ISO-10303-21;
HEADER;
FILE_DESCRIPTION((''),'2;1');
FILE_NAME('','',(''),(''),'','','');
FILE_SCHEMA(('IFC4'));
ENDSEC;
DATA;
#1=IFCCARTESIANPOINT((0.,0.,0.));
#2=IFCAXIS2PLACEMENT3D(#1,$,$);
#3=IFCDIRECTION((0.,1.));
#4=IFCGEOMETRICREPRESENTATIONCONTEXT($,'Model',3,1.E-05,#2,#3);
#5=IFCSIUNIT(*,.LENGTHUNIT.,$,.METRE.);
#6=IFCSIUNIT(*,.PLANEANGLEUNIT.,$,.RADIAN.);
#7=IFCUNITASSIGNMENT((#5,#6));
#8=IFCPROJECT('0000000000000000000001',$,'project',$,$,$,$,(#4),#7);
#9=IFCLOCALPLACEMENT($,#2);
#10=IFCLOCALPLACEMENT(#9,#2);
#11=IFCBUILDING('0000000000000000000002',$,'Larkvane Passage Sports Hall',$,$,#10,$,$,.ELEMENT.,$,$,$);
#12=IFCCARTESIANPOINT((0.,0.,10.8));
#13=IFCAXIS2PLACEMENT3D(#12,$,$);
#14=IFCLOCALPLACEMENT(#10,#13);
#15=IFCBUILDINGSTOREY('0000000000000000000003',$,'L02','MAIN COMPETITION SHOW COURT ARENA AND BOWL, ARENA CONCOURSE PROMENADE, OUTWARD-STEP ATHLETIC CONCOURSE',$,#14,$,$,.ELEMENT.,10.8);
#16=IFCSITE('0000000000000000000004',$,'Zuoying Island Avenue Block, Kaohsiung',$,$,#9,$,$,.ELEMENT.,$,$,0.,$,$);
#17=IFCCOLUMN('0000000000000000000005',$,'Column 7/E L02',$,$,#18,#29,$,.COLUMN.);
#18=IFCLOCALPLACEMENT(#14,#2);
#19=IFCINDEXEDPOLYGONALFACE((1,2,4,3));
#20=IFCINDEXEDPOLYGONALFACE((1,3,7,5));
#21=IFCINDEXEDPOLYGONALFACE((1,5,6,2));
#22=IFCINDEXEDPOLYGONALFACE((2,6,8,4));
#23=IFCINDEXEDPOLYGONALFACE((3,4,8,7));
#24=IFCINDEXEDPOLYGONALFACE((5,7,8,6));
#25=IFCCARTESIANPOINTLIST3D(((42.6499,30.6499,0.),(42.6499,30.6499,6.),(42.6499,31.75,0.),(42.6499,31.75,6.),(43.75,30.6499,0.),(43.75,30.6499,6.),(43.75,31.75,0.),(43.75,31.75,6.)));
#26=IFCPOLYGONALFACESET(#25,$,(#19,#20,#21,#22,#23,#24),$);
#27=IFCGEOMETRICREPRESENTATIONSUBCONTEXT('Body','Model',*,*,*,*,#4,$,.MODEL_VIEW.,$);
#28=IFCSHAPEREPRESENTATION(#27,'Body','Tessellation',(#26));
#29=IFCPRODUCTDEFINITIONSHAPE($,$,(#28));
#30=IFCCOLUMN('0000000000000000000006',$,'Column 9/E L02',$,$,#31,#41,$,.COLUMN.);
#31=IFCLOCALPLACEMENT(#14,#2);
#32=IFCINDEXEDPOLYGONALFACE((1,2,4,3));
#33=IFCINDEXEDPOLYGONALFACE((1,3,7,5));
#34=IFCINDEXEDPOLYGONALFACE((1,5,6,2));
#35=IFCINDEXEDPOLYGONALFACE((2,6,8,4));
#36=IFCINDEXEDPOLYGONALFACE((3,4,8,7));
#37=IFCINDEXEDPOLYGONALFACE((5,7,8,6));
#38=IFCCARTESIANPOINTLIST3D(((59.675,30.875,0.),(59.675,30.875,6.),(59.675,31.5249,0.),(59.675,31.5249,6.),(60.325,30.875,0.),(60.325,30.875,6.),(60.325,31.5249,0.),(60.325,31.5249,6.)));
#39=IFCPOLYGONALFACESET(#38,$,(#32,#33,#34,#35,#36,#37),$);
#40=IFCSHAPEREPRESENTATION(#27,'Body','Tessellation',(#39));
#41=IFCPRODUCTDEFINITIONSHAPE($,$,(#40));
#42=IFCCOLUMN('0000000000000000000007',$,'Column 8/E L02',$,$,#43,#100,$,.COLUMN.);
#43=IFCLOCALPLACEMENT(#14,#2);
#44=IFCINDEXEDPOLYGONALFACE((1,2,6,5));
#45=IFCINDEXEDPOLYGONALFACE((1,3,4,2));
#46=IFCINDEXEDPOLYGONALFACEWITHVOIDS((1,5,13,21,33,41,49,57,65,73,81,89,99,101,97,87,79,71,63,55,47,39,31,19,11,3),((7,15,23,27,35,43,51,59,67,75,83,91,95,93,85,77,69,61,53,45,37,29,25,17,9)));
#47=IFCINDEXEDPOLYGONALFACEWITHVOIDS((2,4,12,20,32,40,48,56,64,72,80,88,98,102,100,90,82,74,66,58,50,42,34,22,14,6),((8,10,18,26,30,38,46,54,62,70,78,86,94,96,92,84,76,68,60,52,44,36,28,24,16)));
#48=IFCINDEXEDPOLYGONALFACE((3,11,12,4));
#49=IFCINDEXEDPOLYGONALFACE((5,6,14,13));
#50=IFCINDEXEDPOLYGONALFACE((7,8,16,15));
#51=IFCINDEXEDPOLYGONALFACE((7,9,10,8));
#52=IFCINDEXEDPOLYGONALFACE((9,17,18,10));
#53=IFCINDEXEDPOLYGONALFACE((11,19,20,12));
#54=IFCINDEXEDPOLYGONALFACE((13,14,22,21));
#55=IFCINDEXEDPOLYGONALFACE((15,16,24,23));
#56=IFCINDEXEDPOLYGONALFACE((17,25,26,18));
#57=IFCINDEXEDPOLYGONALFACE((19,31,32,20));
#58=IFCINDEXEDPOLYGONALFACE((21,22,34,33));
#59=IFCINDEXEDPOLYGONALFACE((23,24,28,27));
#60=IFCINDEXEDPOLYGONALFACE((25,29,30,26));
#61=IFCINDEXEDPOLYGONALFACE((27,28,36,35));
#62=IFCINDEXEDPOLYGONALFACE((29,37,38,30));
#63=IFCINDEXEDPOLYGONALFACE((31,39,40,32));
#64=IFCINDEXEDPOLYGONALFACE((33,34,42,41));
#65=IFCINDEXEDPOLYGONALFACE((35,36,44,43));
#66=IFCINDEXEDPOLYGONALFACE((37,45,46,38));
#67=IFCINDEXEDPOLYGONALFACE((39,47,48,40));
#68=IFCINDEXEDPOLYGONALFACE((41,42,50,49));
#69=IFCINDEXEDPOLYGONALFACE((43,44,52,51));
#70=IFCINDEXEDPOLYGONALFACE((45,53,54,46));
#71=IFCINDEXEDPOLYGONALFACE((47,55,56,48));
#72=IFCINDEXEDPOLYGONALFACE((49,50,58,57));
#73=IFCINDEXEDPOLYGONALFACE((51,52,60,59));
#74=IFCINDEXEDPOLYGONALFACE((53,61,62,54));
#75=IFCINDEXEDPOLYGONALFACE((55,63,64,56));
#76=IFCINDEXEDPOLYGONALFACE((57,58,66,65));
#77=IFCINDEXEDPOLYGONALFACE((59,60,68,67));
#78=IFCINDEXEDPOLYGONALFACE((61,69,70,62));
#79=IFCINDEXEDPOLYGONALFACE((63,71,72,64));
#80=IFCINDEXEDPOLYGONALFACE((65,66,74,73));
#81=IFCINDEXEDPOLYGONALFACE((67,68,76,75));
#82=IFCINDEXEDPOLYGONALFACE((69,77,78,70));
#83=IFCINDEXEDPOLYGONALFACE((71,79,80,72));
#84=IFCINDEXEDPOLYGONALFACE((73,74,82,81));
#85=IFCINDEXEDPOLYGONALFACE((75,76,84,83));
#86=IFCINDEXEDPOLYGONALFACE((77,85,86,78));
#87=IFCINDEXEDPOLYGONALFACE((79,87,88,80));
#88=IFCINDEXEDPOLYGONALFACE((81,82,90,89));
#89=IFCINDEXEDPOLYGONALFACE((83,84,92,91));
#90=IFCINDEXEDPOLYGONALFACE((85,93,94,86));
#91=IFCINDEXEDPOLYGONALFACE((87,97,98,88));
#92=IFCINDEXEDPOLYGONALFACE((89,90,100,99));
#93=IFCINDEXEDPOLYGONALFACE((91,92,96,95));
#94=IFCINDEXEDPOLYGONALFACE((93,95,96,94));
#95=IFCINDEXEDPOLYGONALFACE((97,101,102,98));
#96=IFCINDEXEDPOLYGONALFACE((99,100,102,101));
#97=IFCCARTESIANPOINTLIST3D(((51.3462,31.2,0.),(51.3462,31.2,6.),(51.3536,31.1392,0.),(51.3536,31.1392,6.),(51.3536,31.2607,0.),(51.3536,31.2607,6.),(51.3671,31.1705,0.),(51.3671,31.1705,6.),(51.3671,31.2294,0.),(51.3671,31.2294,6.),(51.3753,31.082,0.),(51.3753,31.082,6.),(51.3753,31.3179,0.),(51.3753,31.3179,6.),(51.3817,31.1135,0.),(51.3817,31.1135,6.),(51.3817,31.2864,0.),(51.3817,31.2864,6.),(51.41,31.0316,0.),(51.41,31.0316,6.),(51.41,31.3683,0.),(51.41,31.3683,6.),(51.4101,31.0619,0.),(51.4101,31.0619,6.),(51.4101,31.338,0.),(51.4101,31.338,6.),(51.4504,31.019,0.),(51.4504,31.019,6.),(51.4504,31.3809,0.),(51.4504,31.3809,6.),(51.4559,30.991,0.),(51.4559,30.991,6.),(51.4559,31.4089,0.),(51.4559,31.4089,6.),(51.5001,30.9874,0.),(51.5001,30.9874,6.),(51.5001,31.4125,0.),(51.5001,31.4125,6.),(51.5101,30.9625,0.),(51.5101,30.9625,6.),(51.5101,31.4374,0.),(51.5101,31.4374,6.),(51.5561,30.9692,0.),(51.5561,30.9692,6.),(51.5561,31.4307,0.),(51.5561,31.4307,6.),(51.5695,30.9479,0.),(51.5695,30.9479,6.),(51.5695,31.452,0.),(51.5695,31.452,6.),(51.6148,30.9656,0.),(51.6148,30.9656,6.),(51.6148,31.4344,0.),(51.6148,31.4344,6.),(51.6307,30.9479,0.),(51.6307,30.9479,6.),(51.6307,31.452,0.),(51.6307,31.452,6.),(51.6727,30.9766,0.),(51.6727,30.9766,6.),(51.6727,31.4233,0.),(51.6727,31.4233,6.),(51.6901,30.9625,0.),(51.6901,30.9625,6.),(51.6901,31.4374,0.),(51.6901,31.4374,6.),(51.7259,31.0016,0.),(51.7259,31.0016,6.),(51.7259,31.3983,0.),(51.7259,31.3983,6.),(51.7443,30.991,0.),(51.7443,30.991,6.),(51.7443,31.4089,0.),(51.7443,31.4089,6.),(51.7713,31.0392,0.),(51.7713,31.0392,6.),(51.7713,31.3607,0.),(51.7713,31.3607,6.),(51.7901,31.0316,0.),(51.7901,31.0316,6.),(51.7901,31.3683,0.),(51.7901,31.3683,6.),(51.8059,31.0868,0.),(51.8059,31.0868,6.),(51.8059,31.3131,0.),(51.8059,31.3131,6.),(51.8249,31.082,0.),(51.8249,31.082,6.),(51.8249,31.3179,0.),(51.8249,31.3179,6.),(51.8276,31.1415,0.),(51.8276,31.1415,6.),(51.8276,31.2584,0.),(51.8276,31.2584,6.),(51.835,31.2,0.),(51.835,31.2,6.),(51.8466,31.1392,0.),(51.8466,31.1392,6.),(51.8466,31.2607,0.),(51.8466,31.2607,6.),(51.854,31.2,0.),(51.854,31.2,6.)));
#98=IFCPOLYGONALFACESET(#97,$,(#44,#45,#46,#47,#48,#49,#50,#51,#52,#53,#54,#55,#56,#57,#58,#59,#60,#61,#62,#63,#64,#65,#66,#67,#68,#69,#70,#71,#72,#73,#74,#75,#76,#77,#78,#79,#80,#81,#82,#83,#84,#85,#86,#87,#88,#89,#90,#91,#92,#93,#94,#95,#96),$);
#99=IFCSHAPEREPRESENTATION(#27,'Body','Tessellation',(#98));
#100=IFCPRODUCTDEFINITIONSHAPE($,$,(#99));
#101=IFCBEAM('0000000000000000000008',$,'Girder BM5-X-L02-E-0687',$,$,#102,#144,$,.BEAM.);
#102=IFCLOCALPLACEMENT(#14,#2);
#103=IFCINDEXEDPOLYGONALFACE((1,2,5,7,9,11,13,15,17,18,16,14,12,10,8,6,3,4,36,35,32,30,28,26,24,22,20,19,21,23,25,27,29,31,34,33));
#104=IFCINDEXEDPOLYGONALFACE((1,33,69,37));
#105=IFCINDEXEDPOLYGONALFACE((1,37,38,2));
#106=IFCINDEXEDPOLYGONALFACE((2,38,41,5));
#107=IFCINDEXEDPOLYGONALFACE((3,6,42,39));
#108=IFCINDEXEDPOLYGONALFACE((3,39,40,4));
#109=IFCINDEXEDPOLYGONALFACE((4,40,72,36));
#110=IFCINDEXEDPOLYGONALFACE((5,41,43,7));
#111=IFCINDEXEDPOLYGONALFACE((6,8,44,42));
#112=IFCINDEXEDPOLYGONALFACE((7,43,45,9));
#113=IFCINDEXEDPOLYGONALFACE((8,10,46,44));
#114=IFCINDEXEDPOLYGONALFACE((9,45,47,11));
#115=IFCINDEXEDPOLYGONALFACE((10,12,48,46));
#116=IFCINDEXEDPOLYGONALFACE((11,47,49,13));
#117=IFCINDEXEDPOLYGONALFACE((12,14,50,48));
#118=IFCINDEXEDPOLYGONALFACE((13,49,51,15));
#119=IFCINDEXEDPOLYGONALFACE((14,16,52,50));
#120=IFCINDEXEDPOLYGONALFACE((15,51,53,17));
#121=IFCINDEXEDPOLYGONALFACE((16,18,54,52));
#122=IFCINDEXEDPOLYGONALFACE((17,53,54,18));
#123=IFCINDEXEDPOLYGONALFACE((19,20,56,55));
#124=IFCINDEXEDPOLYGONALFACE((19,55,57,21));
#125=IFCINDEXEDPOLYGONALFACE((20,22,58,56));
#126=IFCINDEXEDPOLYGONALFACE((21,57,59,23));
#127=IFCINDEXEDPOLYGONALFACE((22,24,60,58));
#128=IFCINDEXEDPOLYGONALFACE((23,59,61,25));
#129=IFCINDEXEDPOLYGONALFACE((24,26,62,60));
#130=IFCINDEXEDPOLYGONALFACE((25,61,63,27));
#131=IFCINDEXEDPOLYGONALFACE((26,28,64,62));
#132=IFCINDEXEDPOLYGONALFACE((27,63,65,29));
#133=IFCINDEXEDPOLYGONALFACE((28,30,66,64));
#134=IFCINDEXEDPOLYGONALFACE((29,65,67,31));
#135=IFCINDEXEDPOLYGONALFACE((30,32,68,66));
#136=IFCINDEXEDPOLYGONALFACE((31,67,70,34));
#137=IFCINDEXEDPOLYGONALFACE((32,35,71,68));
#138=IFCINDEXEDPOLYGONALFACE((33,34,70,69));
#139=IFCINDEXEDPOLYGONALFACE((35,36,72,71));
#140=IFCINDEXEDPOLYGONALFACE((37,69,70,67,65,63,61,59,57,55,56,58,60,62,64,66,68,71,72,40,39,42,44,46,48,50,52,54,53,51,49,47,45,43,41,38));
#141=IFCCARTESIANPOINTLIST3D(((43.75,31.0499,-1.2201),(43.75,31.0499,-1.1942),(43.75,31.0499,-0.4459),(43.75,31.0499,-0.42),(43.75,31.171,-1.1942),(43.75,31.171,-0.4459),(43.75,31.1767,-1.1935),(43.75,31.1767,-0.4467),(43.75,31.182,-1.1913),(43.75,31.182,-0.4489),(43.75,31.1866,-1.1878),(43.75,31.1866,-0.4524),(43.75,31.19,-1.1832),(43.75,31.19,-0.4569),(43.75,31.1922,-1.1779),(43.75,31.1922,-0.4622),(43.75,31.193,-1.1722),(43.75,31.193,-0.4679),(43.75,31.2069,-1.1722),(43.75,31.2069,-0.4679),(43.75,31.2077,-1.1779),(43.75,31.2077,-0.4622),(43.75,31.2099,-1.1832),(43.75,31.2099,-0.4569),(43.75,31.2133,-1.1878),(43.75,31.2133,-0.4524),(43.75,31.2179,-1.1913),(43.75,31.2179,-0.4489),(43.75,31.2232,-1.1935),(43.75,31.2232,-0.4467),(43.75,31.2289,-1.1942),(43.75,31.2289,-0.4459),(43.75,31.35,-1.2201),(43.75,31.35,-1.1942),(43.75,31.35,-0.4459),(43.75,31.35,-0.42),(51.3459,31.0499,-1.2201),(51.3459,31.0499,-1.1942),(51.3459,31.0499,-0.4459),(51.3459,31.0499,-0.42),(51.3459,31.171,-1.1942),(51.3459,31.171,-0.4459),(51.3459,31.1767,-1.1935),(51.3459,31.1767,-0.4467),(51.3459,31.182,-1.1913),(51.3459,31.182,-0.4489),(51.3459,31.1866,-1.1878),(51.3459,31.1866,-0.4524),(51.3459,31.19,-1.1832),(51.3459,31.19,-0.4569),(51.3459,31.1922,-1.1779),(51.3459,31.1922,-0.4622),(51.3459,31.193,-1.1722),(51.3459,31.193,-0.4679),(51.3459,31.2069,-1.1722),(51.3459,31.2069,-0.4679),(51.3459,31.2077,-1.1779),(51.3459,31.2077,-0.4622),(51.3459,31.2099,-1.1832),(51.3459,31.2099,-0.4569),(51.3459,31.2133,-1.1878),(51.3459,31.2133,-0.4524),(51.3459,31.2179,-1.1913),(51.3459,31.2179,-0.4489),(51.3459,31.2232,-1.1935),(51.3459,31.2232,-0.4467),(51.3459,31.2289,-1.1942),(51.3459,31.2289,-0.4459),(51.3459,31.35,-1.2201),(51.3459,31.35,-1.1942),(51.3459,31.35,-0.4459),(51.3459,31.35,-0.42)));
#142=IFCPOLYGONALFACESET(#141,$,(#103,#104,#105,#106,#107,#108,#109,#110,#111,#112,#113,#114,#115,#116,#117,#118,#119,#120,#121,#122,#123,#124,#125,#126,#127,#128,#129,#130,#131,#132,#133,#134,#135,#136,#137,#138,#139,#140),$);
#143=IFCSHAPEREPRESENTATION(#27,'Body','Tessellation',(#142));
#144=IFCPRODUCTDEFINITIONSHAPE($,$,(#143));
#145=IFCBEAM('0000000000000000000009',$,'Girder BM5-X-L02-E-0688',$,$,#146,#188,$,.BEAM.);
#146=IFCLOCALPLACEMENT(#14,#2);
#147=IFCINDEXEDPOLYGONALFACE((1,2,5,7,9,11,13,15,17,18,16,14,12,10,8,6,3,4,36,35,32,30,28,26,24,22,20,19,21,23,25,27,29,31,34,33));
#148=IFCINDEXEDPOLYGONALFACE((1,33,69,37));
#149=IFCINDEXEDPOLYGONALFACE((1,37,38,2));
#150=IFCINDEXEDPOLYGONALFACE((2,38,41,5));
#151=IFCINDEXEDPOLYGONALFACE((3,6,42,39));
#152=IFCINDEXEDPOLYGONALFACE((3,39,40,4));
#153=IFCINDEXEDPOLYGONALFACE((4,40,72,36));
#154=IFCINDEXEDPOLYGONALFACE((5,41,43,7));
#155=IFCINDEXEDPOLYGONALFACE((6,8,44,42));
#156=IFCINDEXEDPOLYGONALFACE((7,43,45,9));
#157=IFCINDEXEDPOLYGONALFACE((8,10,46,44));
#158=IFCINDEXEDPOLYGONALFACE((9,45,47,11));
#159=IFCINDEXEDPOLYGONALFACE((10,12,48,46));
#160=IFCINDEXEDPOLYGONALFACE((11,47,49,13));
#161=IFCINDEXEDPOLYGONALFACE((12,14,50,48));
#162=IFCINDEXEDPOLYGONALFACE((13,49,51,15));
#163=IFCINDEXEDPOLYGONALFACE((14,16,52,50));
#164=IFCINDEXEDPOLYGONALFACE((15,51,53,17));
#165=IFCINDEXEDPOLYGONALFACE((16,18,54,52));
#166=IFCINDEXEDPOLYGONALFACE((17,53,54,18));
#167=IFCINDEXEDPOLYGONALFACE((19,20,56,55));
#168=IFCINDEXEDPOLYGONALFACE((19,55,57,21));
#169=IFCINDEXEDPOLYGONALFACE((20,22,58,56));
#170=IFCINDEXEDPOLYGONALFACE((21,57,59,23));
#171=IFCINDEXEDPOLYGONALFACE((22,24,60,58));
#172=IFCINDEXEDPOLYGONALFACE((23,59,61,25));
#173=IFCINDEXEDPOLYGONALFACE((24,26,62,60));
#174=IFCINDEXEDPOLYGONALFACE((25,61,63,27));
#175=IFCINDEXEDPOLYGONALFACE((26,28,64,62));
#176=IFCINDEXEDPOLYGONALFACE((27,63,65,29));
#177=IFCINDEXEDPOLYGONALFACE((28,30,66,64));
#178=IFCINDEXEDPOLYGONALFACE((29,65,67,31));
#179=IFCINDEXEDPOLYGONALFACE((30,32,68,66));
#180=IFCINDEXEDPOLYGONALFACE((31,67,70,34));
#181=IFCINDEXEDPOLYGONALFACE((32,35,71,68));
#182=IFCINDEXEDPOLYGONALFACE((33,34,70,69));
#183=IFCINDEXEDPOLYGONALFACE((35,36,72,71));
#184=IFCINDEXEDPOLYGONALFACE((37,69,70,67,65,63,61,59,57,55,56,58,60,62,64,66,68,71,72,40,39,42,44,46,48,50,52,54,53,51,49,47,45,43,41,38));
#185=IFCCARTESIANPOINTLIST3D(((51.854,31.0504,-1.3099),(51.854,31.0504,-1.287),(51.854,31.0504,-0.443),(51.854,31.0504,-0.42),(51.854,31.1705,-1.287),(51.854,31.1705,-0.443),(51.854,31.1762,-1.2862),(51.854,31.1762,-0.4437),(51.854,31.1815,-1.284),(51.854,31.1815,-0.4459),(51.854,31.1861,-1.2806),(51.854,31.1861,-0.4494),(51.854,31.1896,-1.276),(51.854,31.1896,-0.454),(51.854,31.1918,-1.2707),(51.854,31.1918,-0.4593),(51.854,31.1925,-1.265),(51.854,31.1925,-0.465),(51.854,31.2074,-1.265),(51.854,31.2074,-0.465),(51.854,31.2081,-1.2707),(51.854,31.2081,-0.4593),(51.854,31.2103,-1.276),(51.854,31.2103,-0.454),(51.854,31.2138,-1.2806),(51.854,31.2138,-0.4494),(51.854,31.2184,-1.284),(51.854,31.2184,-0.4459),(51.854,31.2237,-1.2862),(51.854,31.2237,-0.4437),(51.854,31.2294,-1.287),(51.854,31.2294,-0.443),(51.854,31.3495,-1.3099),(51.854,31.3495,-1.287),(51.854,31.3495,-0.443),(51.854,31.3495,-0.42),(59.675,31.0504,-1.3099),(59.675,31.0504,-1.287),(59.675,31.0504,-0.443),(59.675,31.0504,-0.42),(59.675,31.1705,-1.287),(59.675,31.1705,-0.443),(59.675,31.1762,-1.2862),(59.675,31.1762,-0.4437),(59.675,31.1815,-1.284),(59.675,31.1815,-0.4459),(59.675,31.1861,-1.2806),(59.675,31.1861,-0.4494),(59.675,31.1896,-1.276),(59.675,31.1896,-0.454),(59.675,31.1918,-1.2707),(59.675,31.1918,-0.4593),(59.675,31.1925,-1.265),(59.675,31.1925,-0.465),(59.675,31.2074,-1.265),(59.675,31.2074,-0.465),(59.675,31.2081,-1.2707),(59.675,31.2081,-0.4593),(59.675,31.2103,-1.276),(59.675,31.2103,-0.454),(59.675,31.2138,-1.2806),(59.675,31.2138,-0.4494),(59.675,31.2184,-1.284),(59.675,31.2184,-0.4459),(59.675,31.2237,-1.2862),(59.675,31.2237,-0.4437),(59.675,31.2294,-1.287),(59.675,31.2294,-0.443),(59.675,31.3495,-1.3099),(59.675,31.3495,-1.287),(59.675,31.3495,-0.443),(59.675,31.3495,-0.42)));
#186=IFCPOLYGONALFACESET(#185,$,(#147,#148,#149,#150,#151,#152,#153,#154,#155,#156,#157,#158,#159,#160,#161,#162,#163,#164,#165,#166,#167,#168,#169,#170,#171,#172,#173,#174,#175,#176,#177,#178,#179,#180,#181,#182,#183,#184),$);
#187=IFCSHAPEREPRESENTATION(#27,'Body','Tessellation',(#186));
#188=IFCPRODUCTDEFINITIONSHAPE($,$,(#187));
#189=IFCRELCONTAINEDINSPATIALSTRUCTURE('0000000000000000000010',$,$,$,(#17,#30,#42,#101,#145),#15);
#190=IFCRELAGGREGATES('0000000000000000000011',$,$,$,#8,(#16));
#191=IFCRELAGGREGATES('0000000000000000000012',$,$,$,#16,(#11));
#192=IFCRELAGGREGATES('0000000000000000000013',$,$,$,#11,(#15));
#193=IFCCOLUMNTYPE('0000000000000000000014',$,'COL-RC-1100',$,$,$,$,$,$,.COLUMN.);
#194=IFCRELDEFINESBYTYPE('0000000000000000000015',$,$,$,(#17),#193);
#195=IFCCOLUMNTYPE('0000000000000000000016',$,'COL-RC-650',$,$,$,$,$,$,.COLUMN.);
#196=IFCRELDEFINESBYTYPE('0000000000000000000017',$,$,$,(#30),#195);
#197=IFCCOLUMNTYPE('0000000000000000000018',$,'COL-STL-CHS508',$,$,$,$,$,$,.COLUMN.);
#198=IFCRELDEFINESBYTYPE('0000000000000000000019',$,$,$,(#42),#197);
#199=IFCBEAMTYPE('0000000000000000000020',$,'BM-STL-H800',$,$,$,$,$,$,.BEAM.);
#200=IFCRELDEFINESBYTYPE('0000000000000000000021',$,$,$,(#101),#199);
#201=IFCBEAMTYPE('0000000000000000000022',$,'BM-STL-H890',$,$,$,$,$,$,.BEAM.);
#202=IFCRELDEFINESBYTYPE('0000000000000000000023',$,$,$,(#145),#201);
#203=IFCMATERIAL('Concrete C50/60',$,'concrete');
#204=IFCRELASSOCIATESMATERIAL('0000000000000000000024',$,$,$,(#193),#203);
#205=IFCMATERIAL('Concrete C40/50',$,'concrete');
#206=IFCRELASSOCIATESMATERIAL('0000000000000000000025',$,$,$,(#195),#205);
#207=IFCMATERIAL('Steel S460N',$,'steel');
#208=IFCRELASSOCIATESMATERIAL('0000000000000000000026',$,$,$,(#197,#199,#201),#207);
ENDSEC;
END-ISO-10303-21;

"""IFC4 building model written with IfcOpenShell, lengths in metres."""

from ifc_helpers import new_model, si_unit, direction, frame, origin, origin_2d, place, context, subcontext, project, spatial, rectangle, hollow_circle, i_section, extrude, material, material_profile, profile_set, type_object, element, save


model = new_model("IFC4")

# Units and contexts
model_context = context("Model", 3, precision=1e-05, world=origin(), true_north=direction((0.0, 1.0)))
body_context = subcontext(model_context, "Body", "Model", "MODEL_VIEW")
ifc_project = project(units=[si_unit("LENGTHUNIT", "METRE"), si_unit("PLANEANGLEUNIT", "RADIAN")], contexts=[model_context])

# Site, building, storey
site_placement = place(None, origin())
site = spatial("IfcSite", under=ifc_project, at=site_placement, Name="Zuoying Island Avenue Block, Kaohsiung", CompositionType="ELEMENT", RefElevation=0.0)
building_placement = place(site_placement, origin())
building = spatial("IfcBuilding", under=site, at=building_placement, Name="Larkvane Passage Sports Hall", CompositionType="ELEMENT")
storey_placement = place(building_placement, frame((0.0, 0.0, 10.8)))
storey = spatial("IfcBuildingStorey", under=building, at=storey_placement, Name="L02", Description="MAIN COMPETITION SHOW COURT ARENA AND BOWL, ARENA CONCOURSE PROMENADE, OUTWARD-STEP ATHLETIC CONCOURSE", CompositionType="ELEMENT", Elevation=10.8)

# Columns
ifc_material_1 = material(Name="Concrete C50/60", Category="concrete")
ifc_material_profile_1 = material_profile(ifc_material_1, rectangle(XDim=1.1001, YDim=1.1001, at=origin_2d()), Name="RC-COL-1100x1100")
ifc_profile_set_1 = profile_set([ifc_material_profile_1], Name="Concrete C50/60")
column_type_1 = type_object("IfcColumnType", Name="COL-RC-1100", PredefinedType="COLUMN", material=ifc_profile_set_1)
column_1_placement = place(storey_placement, frame((43.2, 31.2, 0.0), z_axis=(0.0, 0.0, 1.0), x_axis=(1.0, 0.0, 0.0)))
element("IfcColumn", 1, at=column_1_placement, inside=storey, type_object=column_type_1, Name="Column 7/E L02", PredefinedType="COLUMN", context=body_context, shape_type="SweptSolid", body=[
    extrude(rectangle(XDim=1.1001, YDim=1.1001, at=origin_2d()), origin(), (0.0, 0.0, 1.0), 6.0),
])
ifc_material_2 = material(Name="Concrete C40/50", Category="concrete")
ifc_material_profile_2 = material_profile(ifc_material_2, rectangle(XDim=0.6499, YDim=0.6499, at=origin_2d()), Name="RC-COL-650x650")
ifc_profile_set_2 = profile_set([ifc_material_profile_2], Name="Concrete C40/50")
column_type_2 = type_object("IfcColumnType", Name="COL-RC-650", PredefinedType="COLUMN", material=ifc_profile_set_2)
column_2_placement = place(storey_placement, frame((60.0, 31.2, 0.0), z_axis=(0.0, 0.0, 1.0), x_axis=(1.0, 0.0, 0.0)))
element("IfcColumn", 2, at=column_2_placement, inside=storey, type_object=column_type_2, Name="Column 9/E L02", PredefinedType="COLUMN", context=body_context, shape_type="SweptSolid", body=[
    extrude(rectangle(XDim=0.6499, YDim=0.6499, at=origin_2d()), origin(), (0.0, 0.0, 1.0), 6.0),
])
ifc_material_3 = material(Name="Steel S460N", Category="steel")
ifc_material_profile_3 = material_profile(ifc_material_3, hollow_circle(Radius=0.2539, WallThickness=0.019, at=origin_2d()), Name="CHS-508.0x19.0")
ifc_profile_set_3 = profile_set([ifc_material_profile_3], Name="Steel S460N")
column_type_3 = type_object("IfcColumnType", Name="COL-STL-CHS508", PredefinedType="COLUMN", material=ifc_profile_set_3)
column_3_placement = place(storey_placement, frame((51.6001, 31.2, 0.0), z_axis=(0.0, 0.0, 1.0), x_axis=(1.0, 0.0, 0.0)))
element("IfcColumn", 3, at=column_3_placement, inside=storey, type_object=column_type_3, Name="Column 8/E L02", PredefinedType="COLUMN", context=body_context, shape_type="SweptSolid", body=[
    extrude(hollow_circle(Radius=0.2539, WallThickness=0.019, at=origin_2d()), origin(), (0.0, 0.0, 1.0), 6.0),
])

# Beams
ifc_material_profile_4 = material_profile(ifc_material_3, i_section(OverallWidth=0.3, OverallDepth=0.8, WebThickness=0.0139, FlangeThickness=0.0259, FilletRadius=0.022, at=origin_2d()), Name="H-800x300x14x26")
ifc_profile_set_4 = profile_set([ifc_material_profile_4], Name="Steel S460N")
beam_type_1 = type_object("IfcBeamType", Name="BM-STL-H800", PredefinedType="BEAM", material=ifc_profile_set_4)
beam_1_placement = place(storey_placement, frame((43.75, 31.2, -0.8201), z_axis=(1.0, 0.0, 0.0), x_axis=(0.0, 1.0, 0.0)))
element("IfcBeam", 4, at=beam_1_placement, inside=storey, type_object=beam_type_1, Name="Girder BM5-X-L02-E-0687", PredefinedType="BEAM", context=body_context, shape_type="SweptSolid", body=[
    extrude(i_section(OverallWidth=0.3, OverallDepth=0.8, WebThickness=0.0139, FlangeThickness=0.0259, FilletRadius=0.022, at=origin_2d()), origin(), (0.0, 0.0, 1.0), 7.5959),
])
ifc_material_profile_5 = material_profile(ifc_material_3, i_section(OverallWidth=0.2991, OverallDepth=0.8899, WebThickness=0.0149, FlangeThickness=0.0229, FilletRadius=0.022, at=origin_2d()), Name="H-890x299x15x23")
ifc_profile_set_5 = profile_set([ifc_material_profile_5], Name="Steel S460N")
beam_type_2 = type_object("IfcBeamType", Name="BM-STL-H890", PredefinedType="BEAM", material=ifc_profile_set_5)
beam_2_placement = place(storey_placement, frame((51.854, 31.2, -0.865), z_axis=(1.0, 0.0, 0.0), x_axis=(0.0, 1.0, 0.0)))
element("IfcBeam", 5, at=beam_2_placement, inside=storey, type_object=beam_type_2, Name="Girder BM5-X-L02-E-0688", PredefinedType="BEAM", context=body_context, shape_type="SweptSolid", body=[
    extrude(i_section(OverallWidth=0.2991, OverallDepth=0.8899, WebThickness=0.0149, FlangeThickness=0.0229, FilletRadius=0.022, at=origin_2d()), origin(), (0.0, 0.0, 1.0), 7.821),
])

save(model, "model.ifc")
